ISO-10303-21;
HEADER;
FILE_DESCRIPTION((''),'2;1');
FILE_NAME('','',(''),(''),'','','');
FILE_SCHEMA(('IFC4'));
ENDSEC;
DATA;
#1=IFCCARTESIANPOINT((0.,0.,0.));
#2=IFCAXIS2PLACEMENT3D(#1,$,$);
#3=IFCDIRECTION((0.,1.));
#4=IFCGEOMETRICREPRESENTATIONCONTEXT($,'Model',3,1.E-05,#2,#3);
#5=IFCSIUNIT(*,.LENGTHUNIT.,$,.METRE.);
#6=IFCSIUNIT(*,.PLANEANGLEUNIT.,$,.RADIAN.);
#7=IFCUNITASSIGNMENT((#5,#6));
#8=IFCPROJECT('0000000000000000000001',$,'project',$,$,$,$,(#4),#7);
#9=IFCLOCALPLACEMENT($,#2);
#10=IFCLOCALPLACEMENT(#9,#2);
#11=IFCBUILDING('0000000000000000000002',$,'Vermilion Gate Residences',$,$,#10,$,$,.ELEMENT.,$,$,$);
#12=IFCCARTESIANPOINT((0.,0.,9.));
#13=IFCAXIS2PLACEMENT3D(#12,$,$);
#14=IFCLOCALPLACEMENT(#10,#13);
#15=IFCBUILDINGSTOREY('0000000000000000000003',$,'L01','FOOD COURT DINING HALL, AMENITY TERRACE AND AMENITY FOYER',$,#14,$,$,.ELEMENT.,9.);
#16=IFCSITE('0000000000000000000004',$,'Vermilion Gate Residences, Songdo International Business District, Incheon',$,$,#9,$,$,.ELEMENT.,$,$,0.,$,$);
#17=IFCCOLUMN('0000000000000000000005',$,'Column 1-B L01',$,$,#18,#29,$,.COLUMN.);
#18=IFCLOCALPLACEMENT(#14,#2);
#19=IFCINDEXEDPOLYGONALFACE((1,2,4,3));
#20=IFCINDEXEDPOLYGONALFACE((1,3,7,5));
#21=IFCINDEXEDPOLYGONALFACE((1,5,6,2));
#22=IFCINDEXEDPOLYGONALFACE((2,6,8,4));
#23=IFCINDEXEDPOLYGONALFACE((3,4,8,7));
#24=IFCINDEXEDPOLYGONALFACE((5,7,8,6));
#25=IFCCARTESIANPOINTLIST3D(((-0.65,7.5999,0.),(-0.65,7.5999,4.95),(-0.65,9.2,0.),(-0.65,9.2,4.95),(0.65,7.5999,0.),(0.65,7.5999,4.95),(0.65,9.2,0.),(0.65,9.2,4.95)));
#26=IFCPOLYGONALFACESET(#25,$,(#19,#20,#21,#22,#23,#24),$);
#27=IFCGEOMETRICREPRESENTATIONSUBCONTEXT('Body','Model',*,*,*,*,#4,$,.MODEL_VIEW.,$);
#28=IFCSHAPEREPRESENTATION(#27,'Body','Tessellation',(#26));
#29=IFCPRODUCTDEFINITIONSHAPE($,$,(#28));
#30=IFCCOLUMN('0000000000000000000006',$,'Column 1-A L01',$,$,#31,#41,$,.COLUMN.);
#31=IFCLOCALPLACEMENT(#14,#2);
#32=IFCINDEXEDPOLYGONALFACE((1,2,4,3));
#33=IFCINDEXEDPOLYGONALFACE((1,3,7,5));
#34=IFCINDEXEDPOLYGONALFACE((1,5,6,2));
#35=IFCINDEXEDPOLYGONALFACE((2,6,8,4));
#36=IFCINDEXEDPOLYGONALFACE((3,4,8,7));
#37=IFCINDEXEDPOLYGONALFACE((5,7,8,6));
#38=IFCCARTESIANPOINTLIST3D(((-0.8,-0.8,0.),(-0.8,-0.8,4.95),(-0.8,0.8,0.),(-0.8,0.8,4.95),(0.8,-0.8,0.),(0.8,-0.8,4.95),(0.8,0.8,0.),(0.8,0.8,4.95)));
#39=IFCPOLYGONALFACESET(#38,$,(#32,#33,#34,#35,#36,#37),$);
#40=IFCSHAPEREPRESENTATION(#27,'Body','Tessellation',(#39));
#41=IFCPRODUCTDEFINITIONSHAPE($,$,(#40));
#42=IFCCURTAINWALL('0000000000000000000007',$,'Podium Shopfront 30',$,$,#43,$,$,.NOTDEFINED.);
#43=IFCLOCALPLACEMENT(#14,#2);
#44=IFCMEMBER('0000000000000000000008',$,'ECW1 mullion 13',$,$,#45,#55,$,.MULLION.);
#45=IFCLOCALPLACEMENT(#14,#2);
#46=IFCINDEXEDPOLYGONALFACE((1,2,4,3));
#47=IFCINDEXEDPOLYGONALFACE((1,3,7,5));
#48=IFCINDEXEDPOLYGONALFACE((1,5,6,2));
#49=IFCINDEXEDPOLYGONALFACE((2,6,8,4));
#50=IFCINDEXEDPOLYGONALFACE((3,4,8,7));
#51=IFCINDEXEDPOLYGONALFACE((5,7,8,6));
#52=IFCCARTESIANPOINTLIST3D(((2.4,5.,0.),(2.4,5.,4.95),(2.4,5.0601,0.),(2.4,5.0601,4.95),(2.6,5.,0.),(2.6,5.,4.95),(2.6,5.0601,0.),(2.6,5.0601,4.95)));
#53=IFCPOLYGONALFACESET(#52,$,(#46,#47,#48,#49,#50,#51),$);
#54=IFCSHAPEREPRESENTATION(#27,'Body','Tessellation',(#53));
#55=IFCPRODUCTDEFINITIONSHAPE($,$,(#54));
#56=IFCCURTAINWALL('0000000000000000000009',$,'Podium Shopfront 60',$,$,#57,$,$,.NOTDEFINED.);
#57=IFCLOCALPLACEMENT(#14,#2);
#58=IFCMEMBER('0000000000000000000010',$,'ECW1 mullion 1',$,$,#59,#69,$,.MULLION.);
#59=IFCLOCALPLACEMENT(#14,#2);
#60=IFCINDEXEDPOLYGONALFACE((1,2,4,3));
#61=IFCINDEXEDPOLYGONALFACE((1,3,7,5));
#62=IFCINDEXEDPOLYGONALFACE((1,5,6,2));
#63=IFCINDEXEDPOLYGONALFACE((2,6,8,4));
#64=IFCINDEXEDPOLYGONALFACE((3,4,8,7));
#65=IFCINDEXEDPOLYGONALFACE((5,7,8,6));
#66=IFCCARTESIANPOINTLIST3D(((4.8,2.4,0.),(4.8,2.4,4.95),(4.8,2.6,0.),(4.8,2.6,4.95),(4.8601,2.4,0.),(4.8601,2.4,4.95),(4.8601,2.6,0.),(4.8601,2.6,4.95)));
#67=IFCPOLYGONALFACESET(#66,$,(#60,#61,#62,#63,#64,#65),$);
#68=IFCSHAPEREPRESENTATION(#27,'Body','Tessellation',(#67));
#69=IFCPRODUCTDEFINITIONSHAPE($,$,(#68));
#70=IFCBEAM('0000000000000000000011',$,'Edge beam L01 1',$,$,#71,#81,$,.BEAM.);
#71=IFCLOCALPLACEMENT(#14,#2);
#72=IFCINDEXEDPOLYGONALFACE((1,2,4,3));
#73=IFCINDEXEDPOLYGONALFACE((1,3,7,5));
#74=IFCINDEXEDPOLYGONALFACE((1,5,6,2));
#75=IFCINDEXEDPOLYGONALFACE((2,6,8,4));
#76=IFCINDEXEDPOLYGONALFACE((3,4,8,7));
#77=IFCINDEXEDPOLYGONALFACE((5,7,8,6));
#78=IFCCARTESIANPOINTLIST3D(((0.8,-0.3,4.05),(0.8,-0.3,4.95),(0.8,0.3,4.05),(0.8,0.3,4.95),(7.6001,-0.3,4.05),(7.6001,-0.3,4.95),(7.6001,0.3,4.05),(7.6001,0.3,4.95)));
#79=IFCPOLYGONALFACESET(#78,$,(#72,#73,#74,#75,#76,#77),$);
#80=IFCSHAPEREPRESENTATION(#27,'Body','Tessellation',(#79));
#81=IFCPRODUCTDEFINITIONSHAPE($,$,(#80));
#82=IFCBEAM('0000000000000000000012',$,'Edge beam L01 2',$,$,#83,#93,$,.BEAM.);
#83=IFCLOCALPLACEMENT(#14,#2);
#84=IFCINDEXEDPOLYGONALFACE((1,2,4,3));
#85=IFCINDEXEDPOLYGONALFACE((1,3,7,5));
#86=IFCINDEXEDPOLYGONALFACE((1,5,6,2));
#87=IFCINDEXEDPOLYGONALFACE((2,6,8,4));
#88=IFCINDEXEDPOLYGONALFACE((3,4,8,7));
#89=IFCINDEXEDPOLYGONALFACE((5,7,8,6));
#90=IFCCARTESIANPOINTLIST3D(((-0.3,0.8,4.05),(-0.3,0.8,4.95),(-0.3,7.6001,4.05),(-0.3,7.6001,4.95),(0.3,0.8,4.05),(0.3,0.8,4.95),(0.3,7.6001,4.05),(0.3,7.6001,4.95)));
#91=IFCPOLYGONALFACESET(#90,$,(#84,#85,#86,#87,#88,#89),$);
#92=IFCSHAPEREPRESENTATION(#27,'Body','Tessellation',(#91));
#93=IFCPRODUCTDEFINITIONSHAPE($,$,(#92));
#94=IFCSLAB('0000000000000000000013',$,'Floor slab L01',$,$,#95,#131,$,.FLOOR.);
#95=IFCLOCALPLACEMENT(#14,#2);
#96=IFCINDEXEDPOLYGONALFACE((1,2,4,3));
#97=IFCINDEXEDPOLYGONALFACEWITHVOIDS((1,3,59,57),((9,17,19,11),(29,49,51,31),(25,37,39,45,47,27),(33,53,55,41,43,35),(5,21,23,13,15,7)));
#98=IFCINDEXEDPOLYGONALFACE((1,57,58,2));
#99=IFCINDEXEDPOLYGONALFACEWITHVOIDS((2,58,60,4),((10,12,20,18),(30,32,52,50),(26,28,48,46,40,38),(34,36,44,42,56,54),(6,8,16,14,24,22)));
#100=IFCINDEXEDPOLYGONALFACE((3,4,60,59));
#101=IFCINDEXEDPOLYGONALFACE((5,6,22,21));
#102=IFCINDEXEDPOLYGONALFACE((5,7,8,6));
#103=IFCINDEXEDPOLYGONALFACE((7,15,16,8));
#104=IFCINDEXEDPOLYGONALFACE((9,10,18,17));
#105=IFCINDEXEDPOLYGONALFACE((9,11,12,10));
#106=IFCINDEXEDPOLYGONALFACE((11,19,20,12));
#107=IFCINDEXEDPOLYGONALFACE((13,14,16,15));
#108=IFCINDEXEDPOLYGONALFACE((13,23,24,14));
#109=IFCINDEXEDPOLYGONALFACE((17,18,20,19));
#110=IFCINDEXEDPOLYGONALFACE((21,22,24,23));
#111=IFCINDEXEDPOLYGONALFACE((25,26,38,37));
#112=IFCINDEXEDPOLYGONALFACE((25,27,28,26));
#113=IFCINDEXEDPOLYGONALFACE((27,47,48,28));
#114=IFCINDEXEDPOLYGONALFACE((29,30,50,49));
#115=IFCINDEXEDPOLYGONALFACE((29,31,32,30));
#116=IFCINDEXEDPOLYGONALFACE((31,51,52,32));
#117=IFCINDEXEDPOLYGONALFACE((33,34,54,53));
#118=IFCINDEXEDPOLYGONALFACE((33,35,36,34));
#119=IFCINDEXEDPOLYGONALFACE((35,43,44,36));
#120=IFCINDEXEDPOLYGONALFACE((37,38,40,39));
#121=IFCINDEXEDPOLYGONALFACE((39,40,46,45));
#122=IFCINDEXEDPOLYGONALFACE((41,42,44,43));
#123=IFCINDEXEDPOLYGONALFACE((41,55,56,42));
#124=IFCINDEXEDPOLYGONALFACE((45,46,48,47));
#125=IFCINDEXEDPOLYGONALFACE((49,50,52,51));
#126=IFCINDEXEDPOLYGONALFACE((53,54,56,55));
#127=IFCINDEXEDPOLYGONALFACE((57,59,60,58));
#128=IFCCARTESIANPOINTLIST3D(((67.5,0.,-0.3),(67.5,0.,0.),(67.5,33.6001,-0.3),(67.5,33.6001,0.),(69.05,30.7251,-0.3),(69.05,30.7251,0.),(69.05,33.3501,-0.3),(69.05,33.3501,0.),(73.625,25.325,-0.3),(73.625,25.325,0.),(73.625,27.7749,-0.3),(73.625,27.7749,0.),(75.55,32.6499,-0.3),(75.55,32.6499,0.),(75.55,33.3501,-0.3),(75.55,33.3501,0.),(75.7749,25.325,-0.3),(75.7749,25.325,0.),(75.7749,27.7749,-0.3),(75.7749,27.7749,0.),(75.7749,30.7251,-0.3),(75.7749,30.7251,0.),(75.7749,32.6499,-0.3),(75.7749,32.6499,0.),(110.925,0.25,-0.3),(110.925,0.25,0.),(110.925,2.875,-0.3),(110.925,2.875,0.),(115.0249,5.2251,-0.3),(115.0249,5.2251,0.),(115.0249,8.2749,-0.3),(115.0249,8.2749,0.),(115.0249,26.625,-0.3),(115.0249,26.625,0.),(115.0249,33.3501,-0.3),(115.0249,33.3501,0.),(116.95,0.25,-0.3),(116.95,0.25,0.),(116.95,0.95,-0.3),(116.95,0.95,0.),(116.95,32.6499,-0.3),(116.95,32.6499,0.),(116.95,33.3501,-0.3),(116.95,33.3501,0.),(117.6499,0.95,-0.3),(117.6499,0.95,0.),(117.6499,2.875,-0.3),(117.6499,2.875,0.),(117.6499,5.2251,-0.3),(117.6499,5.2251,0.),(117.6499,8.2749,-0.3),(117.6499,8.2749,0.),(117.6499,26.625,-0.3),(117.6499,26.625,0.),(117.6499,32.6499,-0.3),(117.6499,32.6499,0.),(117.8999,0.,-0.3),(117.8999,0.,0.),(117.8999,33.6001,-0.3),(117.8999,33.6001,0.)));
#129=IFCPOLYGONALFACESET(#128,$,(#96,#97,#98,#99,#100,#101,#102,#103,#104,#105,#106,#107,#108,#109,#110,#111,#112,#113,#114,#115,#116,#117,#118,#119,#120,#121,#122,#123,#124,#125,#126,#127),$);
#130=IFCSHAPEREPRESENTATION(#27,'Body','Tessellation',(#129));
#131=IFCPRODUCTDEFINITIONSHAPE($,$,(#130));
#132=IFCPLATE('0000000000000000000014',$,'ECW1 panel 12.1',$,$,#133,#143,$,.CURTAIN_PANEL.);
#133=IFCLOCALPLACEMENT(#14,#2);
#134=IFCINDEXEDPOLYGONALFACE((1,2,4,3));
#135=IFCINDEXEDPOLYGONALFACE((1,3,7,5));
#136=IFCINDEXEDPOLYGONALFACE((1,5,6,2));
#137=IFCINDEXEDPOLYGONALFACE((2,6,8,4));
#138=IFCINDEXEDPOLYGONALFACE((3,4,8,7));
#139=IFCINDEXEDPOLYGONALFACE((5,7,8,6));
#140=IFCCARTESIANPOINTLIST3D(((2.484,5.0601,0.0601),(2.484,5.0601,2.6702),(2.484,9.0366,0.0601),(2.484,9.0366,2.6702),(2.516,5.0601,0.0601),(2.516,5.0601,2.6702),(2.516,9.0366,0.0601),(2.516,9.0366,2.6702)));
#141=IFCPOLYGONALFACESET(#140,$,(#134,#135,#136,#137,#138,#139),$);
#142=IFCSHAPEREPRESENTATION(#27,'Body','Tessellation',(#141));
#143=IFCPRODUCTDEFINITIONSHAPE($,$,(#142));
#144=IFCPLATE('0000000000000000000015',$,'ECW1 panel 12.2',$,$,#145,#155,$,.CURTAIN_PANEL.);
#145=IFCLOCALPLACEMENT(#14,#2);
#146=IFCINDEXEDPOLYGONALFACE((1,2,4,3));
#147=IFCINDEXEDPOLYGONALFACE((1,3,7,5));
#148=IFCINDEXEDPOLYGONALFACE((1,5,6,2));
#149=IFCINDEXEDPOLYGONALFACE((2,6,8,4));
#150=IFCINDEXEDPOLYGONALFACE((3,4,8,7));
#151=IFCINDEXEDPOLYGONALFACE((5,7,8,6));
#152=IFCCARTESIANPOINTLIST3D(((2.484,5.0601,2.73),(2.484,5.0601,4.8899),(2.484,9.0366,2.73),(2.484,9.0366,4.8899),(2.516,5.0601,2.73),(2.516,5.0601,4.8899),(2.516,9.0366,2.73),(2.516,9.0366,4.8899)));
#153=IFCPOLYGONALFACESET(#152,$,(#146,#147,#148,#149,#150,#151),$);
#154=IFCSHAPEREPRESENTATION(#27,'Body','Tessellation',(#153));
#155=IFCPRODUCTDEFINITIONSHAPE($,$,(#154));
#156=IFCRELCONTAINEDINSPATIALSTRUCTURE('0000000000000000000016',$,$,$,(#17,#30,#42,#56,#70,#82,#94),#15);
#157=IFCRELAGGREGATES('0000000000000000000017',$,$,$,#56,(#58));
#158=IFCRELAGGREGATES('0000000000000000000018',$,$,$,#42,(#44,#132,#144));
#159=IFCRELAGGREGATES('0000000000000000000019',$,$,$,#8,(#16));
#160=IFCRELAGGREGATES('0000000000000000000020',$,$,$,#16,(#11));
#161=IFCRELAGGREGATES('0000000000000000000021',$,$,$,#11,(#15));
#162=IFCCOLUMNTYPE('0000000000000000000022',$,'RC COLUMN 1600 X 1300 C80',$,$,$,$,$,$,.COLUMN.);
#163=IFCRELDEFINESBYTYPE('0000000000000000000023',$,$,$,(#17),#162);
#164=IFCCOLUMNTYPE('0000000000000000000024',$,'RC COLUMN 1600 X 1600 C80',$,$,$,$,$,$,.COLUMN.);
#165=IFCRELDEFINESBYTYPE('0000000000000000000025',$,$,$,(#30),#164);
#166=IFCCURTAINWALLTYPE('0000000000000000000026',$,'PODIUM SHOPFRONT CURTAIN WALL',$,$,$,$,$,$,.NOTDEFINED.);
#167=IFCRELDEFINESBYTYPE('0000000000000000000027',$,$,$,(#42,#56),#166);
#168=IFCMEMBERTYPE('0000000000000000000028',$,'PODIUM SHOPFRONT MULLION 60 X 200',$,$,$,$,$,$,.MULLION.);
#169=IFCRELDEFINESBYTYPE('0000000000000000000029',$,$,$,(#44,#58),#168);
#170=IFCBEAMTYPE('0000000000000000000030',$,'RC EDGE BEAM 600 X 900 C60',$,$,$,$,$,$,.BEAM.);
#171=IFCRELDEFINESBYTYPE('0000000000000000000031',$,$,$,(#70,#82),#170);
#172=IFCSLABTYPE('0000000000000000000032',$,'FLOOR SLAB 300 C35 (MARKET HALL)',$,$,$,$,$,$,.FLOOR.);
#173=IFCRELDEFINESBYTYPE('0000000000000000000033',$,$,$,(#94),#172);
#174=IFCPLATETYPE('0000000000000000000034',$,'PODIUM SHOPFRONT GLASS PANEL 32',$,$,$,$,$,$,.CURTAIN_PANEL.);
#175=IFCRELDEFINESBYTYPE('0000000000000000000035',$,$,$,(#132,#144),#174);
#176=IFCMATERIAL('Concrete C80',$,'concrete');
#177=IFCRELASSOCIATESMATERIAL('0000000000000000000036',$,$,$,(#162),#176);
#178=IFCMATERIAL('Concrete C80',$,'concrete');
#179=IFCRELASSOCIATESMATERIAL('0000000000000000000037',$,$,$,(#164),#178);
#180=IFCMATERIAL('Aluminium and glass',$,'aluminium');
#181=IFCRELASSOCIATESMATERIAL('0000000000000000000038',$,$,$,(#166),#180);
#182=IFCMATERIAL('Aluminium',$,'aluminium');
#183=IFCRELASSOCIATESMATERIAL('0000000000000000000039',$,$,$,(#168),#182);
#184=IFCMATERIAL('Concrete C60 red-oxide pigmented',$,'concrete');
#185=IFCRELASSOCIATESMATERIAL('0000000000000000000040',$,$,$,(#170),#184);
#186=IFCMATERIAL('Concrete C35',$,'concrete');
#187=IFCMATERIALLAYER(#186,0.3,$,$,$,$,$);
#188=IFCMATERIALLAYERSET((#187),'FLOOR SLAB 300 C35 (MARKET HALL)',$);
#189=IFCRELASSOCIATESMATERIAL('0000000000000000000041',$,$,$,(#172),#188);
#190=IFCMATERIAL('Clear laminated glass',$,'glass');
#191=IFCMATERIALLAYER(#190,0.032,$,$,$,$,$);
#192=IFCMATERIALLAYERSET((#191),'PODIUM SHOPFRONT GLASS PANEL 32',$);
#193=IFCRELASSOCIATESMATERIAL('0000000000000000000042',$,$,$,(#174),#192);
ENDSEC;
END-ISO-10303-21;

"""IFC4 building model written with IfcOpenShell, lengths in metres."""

from ifc_helpers import new_model, si_unit, direction, frame, origin, origin_with_axes, origin_2d, place, context, subcontext, project, spatial, polyline, rectangle, outline, extrude, material, layer, layer_set, material_profile, profile_set, type_object, element, aggregate, save


model = new_model("IFC4")

# Units and contexts
model_context = context("Model", 3, precision=1e-05, world=origin(), true_north=direction((0.0, 1.0)))
body_context = subcontext(model_context, "Body", "Model", "MODEL_VIEW")
ifc_project = project(units=[si_unit("LENGTHUNIT", "METRE"), si_unit("PLANEANGLEUNIT", "RADIAN")], contexts=[model_context])

# Site, building, storey
site_placement = place(None, origin())
site = spatial("IfcSite", under=ifc_project, at=site_placement, Name="Vermilion Gate Residences, Songdo International Business District, Incheon", CompositionType="ELEMENT", RefElevation=0.0)
building_placement = place(site_placement, origin())
building = spatial("IfcBuilding", under=site, at=building_placement, Name="Vermilion Gate Residences", CompositionType="ELEMENT")
storey_placement = place(building_placement, frame((0.0, 0.0, 9.0)))
storey = spatial("IfcBuildingStorey", under=building, at=storey_placement, Name="L01", Description="FOOD COURT DINING HALL, AMENITY TERRACE AND AMENITY FOYER", CompositionType="ELEMENT", Elevation=9.0)

# Columns
ifc_material_1 = material(Name="Concrete C80", Category="concrete")
ifc_material_profile_1 = material_profile(ifc_material_1, rectangle(XDim=1.6001, YDim=1.3, at=origin_2d()), Name="RC-1600x1300")
ifc_profile_set_1 = profile_set([ifc_material_profile_1], Name="Concrete C80")
column_type_1 = type_object("IfcColumnType", Name="RC COLUMN 1600 X 1300 C80", PredefinedType="COLUMN", material=ifc_profile_set_1)
column_1_placement = place(storey_placement, frame((0.0, 8.3999, 0.0), z_axis=(0.0, 0.0, 1.0), x_axis=(0.0, 1.0, 0.0)))
element("IfcColumn", 1, at=column_1_placement, inside=storey, type_object=column_type_1, Name="Column 1-B L01", PredefinedType="COLUMN", context=body_context, shape_type="SweptSolid", body=[
    extrude(rectangle(XDim=1.6001, YDim=1.3, at=origin_2d()), origin(), (0.0, 0.0, 1.0), 4.95),
])
ifc_material_2 = material(Name="Concrete C80", Category="concrete")
ifc_material_profile_2 = material_profile(ifc_material_2, rectangle(XDim=1.6001, YDim=1.6001, at=origin_2d()), Name="RC-1600x1600")
ifc_profile_set_2 = profile_set([ifc_material_profile_2], Name="Concrete C80")
column_type_2 = type_object("IfcColumnType", Name="RC COLUMN 1600 X 1600 C80", PredefinedType="COLUMN", material=ifc_profile_set_2)
column_2_placement = place(storey_placement, origin_with_axes())
element("IfcColumn", 2, at=column_2_placement, inside=storey, type_object=column_type_2, Name="Column 1-A L01", PredefinedType="COLUMN", context=body_context, shape_type="SweptSolid", body=[
    extrude(rectangle(XDim=1.6001, YDim=1.6001, at=origin_2d()), origin(), (0.0, 0.0, 1.0), 4.95),
])

# Curtain walls, members
ifc_material_3 = material(Name="Aluminium and glass", Category="aluminium")
curtain_wall_type = type_object("IfcCurtainWallType", Name="PODIUM SHOPFRONT CURTAIN WALL", PredefinedType="NOTDEFINED", material=ifc_material_3)
curtain_wall_1_placement = place(storey_placement, origin())
curtain_wall_1 = element("IfcCurtainWall", 3, at=curtain_wall_1_placement, inside=storey, type_object=curtain_wall_type, Name="Podium Shopfront 30", PredefinedType="NOTDEFINED")
ifc_material_4 = material(Name="Aluminium", Category="aluminium")
ifc_material_profile_3 = material_profile(ifc_material_4, rectangle(XDim=0.2, YDim=0.0601, at=origin_2d()), Name="MULLION 60 X 200")
ifc_profile_set_3 = profile_set([ifc_material_profile_3], Name="Aluminium")
member_type = type_object("IfcMemberType", Name="PODIUM SHOPFRONT MULLION 60 X 200", PredefinedType="MULLION", material=ifc_profile_set_3)
member_1_placement = place(storey_placement, frame((2.5, 5.03, 0.0), z_axis=(0.0, 0.0, 1.0), x_axis=(1.0, 0.0, 0.0)))
member_1 = element("IfcMember", 4, at=member_1_placement, type_object=member_type, Name="ECW1 mullion 13", PredefinedType="MULLION", context=body_context, shape_type="SweptSolid", body=[
    extrude(rectangle(XDim=0.2, YDim=0.0601, at=origin_2d()), origin(), (0.0, 0.0, 1.0), 4.95),
])
curtain_wall_2_placement = place(storey_placement, origin())
curtain_wall_2 = element("IfcCurtainWall", 5, at=curtain_wall_2_placement, inside=storey, type_object=curtain_wall_type, Name="Podium Shopfront 60", PredefinedType="NOTDEFINED")
member_2_placement = place(storey_placement, frame((4.8301, 2.5, 0.0), z_axis=(0.0, 0.0, 1.0), x_axis=(0.0, 1.0, 0.0)))
member_2 = element("IfcMember", 6, at=member_2_placement, type_object=member_type, Name="ECW1 mullion 1", PredefinedType="MULLION", context=body_context, shape_type="SweptSolid", body=[
    extrude(rectangle(XDim=0.2, YDim=0.0601, at=origin_2d()), origin(), (0.0, 0.0, 1.0), 4.95),
])
aggregate(curtain_wall_2, [member_2])

# Beams
ifc_material_5 = material(Name="Concrete C60 red-oxide pigmented", Category="concrete")
ifc_material_profile_4 = material_profile(ifc_material_5, rectangle(XDim=0.6001, YDim=0.8999, at=origin_2d()), Name="RC-600x900")
ifc_profile_set_4 = profile_set([ifc_material_profile_4], Name="Concrete C60 red-oxide pigmented")
beam_type = type_object("IfcBeamType", Name="RC EDGE BEAM 600 X 900 C60", PredefinedType="BEAM", material=ifc_profile_set_4)
for number, where, z_axis, x_axis, name in (
    (7, (0.8, 0.0, 4.5), (1.0, 0.0, 0.0), (0.0, 1.0, 0.0), "Edge beam L01 1"),
    (8, (0.0, 0.8, 4.5), (0.0, 1.0, 0.0), (-1.0, 0.0, 0.0), "Edge beam L01 2"),
):
    element("IfcBeam", number, at=place(storey_placement, frame(where, z_axis=z_axis, x_axis=x_axis)), inside=storey, type_object=beam_type, Name=name, PredefinedType="BEAM", context=body_context, shape_type="SweptSolid", body=[
        extrude(rectangle(XDim=0.6001, YDim=0.8999, at=origin_2d()), origin(), (0.0, 0.0, 1.0), 6.8),
    ])

# Slab
ifc_material_6 = material(Name="Concrete C35", Category="concrete")
ifc_layer_1 = layer(ifc_material_6, 0.3)
ifc_layer_set_1 = layer_set([ifc_layer_1], Name="FLOOR SLAB 300 C35 (MARKET HALL)")
slab_type_1 = type_object("IfcSlabType", Name="FLOOR SLAB 300 C35 (MARKET HALL)", PredefinedType="FLOOR", material=ifc_layer_set_1)
slab_1_placement = place(storey_placement, frame((0.0, 0.0, -0.3)))
element("IfcSlab", 9, at=slab_1_placement, inside=storey, type_object=slab_type_1, Name="Floor slab L01", PredefinedType="FLOOR", context=body_context, shape_type="SweptSolid", body=[
    extrude(outline(polyline([(67.5, 0.0), (117.8999, 0.0), (117.8999, 33.6001), (67.5, 33.6001), (67.5, 0.0)]), holes=[polyline([(110.925, 2.875), (117.6499, 2.875), (117.6499, 0.95), (116.95, 0.95), (116.95, 0.25), (110.925, 0.25), (110.925, 2.875)]), polyline([(115.0249, 5.2251), (115.0249, 8.2749), (117.6499, 8.2749), (117.6499, 5.2251), (115.0249, 5.2251)]), polyline([(73.625, 25.325), (73.625, 27.7749), (75.7749, 27.7749), (75.7749, 25.325), (73.625, 25.325)]), polyline([(115.0249, 33.3501), (116.95, 33.3501), (116.95, 32.6499), (117.6499, 32.6499), (117.6499, 26.625), (115.0249, 26.625), (115.0249, 33.3501)]), polyline([(69.05, 33.3501), (75.55, 33.3501), (75.55, 32.6499), (75.7749, 32.6499), (75.7749, 30.7251), (69.05, 30.7251), (69.05, 33.3501)])]), origin(), (0.0, 0.0, 1.0), 0.3),
])

# Plates
ifc_material_7 = material(Name="Clear laminated glass", Category="glass")
ifc_layer_2 = layer(ifc_material_7, 0.032)
ifc_layer_set_2 = layer_set([ifc_layer_2], Name="PODIUM SHOPFRONT GLASS PANEL 32")
plate_type = type_object("IfcPlateType", Name="PODIUM SHOPFRONT GLASS PANEL 32", PredefinedType="CURTAIN_PANEL", material=ifc_layer_set_2)
plate_1_placement = place(storey_placement, frame((2.5, 7.0483, 0.0601), z_axis=(0.0, 0.0, 1.0), x_axis=(0.0, -1.0, 0.0)))
plate_1 = element("IfcPlate", 10, at=plate_1_placement, type_object=plate_type, Name="ECW1 panel 12.1", PredefinedType="CURTAIN_PANEL", context=body_context, shape_type="SweptSolid", body=[
    extrude(rectangle(XDim=3.9766, YDim=0.032, at=origin_2d()), origin(), (0.0, 0.0, 1.0), 2.6101),
])
plate_2_placement = place(storey_placement, frame((2.5, 7.0483, 2.73), z_axis=(0.0, 0.0, 1.0), x_axis=(0.0, -1.0, 0.0)))
plate_2 = element("IfcPlate", 11, at=plate_2_placement, type_object=plate_type, Name="ECW1 panel 12.2", PredefinedType="CURTAIN_PANEL", context=body_context, shape_type="SweptSolid", body=[
    extrude(rectangle(XDim=3.9766, YDim=0.032, at=origin_2d()), origin(), (0.0, 0.0, 1.0), 2.1599),
])
aggregate(curtain_wall_1, [member_1, plate_1, plate_2])

save(model, "model.ifc")
